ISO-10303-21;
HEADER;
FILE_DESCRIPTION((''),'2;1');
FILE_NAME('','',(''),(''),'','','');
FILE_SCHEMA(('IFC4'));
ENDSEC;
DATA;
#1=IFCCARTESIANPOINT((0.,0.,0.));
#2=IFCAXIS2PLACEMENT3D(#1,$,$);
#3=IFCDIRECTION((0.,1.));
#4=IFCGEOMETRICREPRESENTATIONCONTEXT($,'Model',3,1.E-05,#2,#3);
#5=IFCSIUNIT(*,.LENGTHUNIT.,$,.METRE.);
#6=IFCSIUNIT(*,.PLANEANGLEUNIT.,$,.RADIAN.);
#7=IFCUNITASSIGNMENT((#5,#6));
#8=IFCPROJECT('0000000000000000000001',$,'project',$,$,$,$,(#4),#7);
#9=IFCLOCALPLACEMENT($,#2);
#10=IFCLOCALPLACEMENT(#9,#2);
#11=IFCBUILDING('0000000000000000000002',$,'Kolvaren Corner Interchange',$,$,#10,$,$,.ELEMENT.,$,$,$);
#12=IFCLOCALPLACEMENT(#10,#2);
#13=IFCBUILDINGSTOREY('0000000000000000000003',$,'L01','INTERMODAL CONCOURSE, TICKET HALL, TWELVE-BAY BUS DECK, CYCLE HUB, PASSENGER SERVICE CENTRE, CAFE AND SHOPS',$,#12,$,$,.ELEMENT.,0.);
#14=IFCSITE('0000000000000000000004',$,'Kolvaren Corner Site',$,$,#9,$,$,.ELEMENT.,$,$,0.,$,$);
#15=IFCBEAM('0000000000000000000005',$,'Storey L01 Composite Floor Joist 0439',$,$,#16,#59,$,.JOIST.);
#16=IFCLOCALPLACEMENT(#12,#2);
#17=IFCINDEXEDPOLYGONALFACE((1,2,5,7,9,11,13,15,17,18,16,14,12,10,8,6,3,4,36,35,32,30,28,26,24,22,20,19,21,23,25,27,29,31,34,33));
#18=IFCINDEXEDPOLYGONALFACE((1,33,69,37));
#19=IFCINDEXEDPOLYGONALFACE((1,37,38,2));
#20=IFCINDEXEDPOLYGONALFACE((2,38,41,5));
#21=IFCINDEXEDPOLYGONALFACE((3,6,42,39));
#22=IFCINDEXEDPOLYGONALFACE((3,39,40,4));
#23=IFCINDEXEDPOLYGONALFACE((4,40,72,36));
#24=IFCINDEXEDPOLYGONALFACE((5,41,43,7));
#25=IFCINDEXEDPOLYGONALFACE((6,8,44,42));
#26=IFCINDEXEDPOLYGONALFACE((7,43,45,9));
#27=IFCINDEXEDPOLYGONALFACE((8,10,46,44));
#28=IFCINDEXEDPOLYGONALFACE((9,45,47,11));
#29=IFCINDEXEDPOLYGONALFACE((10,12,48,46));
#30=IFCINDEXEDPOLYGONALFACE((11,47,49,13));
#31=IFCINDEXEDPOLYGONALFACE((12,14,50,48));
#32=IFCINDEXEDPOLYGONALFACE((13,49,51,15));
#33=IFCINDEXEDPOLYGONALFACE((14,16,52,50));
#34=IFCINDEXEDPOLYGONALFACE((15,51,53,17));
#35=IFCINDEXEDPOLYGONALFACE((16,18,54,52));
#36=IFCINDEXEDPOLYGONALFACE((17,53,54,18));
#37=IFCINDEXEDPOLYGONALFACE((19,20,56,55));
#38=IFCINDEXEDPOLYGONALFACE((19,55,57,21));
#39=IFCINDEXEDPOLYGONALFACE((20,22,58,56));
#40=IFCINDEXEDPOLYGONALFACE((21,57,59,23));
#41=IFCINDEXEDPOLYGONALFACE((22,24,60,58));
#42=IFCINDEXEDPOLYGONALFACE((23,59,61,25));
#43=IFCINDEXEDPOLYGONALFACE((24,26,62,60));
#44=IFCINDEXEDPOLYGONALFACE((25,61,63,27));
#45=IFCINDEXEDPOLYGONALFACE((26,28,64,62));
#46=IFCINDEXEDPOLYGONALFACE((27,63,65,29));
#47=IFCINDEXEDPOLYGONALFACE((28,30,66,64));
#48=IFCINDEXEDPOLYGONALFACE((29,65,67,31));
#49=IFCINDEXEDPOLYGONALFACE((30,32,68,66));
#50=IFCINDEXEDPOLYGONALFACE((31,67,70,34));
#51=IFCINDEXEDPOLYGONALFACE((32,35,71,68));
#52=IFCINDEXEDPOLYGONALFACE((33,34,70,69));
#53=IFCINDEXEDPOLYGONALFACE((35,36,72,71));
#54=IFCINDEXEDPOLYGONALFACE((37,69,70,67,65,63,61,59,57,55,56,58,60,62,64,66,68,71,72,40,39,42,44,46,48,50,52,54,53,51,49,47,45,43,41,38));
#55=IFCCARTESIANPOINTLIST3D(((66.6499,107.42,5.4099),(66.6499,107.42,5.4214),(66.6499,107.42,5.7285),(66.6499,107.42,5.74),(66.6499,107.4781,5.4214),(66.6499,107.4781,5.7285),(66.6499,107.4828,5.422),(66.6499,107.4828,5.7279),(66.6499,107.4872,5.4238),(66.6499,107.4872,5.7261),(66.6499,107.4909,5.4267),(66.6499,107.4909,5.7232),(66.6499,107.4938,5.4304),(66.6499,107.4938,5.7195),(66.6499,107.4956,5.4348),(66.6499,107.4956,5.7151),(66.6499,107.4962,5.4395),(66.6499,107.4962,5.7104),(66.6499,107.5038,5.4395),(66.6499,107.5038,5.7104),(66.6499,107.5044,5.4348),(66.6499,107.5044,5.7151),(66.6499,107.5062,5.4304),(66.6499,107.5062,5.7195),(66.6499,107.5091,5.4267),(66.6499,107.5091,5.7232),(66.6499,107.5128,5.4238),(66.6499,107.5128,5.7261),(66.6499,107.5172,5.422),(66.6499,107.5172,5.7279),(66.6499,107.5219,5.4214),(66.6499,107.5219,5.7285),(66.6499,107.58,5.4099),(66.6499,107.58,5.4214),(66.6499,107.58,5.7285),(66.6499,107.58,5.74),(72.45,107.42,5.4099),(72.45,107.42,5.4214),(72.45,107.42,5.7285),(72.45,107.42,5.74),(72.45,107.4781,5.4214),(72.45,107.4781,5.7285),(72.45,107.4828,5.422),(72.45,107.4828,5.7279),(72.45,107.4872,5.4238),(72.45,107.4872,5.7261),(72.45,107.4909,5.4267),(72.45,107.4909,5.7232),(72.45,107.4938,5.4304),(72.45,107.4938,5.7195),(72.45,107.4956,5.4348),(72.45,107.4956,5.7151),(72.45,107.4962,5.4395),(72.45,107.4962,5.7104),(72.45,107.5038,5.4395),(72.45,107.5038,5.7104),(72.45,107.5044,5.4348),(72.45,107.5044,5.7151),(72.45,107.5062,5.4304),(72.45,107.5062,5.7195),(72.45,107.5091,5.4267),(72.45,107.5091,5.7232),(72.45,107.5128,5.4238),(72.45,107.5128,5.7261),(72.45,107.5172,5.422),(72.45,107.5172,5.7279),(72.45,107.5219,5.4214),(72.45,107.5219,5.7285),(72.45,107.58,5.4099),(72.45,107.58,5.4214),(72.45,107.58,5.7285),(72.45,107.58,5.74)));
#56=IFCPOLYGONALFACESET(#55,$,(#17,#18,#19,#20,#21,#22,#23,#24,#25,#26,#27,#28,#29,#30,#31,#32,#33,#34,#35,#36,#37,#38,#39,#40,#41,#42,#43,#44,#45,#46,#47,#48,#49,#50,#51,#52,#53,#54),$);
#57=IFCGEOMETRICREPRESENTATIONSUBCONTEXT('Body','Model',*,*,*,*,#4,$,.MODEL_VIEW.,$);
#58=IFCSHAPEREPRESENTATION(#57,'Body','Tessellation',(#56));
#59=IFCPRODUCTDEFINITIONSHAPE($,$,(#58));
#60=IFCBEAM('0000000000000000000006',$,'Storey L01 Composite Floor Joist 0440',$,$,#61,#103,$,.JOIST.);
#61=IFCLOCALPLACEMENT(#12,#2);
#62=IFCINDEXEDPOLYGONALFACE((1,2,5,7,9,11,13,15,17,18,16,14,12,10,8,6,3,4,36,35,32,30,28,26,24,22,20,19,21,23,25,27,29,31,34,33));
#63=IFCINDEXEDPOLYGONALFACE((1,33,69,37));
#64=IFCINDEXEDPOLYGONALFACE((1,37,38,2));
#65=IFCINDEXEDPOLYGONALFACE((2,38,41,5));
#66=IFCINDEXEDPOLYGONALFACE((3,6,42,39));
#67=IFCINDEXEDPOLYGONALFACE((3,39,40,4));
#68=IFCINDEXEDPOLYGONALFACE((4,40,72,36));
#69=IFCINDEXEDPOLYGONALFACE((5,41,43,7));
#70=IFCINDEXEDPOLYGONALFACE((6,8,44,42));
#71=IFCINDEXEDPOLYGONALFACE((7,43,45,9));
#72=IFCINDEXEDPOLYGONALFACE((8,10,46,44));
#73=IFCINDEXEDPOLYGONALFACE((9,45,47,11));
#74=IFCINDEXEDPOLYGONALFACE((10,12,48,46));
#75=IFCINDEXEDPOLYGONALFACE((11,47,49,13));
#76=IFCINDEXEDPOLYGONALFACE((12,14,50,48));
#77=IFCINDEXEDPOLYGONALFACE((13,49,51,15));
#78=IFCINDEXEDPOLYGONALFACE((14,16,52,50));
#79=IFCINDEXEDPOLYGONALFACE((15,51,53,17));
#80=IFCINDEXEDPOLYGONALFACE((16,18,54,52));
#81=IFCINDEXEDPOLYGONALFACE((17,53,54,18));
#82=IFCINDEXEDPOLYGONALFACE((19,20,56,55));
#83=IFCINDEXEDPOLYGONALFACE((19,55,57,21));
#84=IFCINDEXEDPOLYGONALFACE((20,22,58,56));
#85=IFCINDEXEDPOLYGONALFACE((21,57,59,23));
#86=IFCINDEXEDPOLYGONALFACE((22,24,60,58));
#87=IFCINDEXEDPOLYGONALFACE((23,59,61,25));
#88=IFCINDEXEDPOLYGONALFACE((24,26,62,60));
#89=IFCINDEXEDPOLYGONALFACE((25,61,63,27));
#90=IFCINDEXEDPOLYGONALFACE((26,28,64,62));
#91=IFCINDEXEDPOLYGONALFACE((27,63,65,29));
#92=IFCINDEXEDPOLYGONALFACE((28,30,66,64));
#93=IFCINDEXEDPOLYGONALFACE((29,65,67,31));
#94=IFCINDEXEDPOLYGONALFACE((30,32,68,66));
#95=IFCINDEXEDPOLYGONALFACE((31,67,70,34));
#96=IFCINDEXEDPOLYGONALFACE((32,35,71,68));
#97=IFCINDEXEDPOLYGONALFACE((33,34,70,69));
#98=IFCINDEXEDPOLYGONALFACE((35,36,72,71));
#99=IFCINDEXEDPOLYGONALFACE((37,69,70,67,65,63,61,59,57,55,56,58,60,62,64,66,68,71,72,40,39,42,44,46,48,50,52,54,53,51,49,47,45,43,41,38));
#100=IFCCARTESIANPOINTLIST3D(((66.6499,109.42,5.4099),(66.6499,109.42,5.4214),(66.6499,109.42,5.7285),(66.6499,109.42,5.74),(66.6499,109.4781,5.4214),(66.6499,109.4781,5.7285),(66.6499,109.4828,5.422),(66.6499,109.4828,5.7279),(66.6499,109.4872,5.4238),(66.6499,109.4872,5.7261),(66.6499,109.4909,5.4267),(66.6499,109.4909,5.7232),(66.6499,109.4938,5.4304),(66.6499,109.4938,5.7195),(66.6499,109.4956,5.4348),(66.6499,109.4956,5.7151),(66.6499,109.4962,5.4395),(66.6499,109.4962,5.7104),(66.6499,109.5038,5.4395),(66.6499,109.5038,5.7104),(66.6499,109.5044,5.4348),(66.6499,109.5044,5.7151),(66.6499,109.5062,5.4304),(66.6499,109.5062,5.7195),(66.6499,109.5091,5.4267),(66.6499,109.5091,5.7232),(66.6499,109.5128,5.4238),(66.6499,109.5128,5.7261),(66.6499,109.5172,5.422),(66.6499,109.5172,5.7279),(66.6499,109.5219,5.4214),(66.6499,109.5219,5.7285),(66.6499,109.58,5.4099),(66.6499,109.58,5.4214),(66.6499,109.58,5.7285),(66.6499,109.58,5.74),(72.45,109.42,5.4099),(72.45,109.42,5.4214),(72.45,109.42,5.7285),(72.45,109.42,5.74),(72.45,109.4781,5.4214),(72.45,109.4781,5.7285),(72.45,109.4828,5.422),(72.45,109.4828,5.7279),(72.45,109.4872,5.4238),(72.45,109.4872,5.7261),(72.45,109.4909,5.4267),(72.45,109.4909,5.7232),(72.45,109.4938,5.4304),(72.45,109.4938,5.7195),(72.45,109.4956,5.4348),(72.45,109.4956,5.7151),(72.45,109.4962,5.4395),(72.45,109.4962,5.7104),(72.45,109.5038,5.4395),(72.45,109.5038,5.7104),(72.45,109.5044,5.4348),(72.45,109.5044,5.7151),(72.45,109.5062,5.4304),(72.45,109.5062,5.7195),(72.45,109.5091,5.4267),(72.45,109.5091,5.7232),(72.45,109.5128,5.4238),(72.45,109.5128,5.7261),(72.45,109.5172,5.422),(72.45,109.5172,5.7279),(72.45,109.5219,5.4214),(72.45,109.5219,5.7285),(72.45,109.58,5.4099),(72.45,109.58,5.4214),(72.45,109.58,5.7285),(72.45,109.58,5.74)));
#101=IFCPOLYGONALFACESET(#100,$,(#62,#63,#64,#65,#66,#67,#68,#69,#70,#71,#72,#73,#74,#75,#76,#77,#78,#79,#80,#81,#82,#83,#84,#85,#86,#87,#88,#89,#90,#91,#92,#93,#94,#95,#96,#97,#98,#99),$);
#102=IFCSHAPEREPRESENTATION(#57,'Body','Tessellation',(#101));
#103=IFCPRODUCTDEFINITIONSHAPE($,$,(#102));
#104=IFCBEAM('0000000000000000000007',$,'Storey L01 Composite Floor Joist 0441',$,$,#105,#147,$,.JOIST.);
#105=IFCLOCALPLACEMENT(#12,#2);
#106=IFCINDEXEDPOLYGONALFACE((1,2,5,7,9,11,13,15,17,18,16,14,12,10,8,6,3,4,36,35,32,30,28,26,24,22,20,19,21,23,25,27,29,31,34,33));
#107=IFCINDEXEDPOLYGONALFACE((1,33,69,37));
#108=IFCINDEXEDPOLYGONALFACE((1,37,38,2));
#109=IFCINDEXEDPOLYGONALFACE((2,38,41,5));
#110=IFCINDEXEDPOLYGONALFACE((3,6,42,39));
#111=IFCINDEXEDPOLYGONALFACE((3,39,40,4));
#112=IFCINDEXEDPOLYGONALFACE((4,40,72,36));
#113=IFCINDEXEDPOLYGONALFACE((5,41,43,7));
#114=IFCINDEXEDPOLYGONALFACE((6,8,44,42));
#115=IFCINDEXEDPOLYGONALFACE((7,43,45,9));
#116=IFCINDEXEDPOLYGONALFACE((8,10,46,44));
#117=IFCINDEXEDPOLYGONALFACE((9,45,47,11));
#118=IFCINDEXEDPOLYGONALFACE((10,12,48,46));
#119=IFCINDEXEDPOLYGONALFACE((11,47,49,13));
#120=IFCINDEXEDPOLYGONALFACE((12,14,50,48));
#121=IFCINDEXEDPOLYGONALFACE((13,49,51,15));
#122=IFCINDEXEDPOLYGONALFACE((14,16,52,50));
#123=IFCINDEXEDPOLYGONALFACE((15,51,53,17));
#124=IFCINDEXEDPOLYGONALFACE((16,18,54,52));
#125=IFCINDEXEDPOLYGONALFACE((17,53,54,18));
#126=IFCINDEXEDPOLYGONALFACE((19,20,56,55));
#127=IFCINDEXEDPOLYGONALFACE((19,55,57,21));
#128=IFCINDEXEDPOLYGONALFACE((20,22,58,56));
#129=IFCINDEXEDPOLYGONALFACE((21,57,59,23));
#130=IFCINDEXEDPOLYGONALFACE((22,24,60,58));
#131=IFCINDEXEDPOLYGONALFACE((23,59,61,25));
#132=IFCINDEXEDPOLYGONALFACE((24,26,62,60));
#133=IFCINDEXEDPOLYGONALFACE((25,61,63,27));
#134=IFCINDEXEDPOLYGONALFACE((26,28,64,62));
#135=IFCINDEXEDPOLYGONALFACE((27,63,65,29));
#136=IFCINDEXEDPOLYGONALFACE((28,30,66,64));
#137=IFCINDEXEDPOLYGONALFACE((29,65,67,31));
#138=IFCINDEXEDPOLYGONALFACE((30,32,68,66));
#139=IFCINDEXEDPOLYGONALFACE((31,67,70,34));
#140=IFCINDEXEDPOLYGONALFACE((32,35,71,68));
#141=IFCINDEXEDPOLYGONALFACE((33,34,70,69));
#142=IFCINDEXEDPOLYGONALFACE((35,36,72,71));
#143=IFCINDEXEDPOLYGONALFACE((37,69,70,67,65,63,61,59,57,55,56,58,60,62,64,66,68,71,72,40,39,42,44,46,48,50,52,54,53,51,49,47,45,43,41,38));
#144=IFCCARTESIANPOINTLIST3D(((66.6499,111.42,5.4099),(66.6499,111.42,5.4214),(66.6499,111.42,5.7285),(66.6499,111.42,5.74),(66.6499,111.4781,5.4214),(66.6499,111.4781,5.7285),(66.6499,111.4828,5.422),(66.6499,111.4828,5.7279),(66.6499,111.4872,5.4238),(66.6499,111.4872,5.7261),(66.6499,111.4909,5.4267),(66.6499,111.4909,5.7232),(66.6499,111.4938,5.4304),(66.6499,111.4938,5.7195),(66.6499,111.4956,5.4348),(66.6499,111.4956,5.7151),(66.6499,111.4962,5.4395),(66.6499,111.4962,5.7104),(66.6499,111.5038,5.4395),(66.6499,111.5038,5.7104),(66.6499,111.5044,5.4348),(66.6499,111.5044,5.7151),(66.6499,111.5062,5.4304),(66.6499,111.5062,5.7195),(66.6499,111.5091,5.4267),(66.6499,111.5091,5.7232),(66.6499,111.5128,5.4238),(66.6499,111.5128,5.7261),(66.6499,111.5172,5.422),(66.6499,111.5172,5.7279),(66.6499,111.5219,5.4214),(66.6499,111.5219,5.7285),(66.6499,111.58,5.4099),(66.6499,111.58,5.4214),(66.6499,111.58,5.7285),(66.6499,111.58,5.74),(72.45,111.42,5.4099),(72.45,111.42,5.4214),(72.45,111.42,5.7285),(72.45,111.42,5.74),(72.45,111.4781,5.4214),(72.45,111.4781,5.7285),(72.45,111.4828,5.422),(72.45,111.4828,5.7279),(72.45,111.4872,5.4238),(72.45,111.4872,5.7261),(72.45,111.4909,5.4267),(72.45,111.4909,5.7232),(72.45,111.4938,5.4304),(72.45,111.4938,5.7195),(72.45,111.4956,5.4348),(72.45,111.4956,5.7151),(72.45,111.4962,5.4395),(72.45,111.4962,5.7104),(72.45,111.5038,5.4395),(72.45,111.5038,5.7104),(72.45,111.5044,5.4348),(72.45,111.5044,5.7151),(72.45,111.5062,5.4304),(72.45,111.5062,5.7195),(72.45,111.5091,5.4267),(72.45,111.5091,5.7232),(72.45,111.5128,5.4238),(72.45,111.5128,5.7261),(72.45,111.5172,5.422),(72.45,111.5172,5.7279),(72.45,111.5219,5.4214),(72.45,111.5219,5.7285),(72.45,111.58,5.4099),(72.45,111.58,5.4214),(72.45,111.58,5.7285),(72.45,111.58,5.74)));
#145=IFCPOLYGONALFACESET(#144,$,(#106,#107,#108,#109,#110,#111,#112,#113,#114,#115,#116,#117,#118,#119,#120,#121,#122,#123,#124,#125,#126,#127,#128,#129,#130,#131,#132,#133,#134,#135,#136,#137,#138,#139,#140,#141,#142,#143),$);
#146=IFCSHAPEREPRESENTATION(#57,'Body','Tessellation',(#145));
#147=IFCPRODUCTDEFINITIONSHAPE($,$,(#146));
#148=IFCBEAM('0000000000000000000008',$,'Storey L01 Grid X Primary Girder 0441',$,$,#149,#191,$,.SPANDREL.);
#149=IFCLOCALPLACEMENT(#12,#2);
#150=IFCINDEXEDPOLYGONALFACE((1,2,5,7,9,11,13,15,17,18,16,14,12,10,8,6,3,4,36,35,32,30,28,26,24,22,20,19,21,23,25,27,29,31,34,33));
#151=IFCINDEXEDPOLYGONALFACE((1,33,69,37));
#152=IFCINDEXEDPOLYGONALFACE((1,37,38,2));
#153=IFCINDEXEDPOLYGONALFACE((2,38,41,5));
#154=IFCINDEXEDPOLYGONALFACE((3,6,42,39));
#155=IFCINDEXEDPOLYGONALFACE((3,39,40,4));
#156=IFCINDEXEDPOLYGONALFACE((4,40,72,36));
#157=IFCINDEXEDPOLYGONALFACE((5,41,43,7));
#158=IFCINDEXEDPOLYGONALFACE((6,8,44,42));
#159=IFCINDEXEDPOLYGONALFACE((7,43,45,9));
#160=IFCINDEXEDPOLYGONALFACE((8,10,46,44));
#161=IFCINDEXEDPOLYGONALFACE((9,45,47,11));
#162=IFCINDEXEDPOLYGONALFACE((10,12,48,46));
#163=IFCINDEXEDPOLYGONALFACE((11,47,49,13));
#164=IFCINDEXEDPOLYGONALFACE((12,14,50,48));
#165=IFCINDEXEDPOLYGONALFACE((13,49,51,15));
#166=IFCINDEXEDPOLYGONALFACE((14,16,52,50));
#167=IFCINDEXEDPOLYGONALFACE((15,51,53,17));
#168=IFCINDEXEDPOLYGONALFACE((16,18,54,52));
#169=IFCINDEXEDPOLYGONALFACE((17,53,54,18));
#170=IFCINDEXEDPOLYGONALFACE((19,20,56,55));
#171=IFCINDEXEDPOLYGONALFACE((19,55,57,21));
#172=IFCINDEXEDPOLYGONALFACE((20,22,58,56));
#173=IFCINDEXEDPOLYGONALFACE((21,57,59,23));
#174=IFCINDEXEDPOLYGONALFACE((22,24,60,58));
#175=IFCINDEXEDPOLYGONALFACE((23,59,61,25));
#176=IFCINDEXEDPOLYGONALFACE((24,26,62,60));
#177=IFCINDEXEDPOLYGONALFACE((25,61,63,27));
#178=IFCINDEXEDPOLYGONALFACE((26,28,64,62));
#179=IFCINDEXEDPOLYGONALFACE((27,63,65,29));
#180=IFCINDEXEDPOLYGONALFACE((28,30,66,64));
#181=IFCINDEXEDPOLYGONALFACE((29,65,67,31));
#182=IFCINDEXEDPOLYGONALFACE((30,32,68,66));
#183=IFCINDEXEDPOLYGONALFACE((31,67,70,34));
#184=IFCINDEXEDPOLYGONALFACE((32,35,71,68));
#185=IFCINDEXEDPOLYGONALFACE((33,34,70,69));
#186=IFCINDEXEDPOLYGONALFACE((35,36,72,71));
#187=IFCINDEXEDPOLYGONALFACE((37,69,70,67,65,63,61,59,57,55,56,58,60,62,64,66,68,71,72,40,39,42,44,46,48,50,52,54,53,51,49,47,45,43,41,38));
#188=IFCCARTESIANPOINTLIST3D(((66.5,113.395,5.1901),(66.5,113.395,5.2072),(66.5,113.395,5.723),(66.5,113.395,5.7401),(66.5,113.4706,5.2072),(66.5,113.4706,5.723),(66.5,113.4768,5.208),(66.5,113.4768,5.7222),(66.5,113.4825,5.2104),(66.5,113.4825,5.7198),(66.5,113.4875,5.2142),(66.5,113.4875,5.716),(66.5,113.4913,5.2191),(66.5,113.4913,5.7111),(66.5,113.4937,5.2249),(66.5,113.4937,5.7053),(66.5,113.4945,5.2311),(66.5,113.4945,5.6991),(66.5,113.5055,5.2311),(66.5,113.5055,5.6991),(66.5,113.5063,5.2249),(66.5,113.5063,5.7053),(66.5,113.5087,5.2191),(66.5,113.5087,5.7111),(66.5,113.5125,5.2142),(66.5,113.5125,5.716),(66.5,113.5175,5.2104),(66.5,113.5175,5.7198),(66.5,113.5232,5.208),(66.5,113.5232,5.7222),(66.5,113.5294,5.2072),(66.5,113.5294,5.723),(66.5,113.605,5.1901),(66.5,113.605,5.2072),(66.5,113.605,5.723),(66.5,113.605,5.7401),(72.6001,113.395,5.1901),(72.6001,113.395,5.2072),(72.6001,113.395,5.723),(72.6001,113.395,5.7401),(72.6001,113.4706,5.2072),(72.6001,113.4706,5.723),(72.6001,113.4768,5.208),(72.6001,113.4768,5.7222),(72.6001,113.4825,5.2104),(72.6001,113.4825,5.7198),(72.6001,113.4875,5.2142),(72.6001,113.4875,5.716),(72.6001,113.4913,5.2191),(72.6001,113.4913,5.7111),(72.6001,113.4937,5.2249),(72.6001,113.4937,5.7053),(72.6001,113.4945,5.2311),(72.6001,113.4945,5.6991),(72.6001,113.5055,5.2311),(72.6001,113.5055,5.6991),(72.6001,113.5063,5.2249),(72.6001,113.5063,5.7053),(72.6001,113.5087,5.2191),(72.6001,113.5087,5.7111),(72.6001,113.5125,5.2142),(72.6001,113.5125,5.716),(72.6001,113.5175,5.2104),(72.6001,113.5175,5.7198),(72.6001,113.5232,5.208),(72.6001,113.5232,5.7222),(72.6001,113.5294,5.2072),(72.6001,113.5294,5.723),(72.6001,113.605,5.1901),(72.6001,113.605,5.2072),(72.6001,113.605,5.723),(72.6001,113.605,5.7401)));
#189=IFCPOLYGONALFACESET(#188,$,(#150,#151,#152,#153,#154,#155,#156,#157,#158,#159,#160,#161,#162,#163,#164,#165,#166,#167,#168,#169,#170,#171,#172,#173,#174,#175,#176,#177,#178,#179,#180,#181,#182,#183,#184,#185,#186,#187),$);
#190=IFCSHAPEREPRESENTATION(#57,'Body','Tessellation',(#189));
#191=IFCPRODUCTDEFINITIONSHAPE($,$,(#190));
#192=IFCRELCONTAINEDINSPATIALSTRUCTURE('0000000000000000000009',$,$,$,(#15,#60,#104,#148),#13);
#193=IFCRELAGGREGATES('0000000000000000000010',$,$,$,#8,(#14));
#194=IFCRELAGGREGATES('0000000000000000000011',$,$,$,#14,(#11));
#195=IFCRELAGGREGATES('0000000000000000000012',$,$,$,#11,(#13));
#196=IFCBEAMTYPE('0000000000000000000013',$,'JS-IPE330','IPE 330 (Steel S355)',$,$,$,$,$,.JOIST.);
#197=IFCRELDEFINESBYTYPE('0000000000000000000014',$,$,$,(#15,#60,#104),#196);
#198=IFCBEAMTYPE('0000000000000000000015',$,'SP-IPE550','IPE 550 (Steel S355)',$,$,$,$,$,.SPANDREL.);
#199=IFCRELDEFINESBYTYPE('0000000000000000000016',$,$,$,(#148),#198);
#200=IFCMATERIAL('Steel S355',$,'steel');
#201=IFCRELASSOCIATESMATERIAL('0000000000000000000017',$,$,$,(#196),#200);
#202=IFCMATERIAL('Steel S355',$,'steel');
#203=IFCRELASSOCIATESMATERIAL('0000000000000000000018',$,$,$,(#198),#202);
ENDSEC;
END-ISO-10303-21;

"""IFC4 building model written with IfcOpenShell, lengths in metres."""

from ifc_helpers import new_model, si_unit, direction, frame, origin, origin_2d, place, context, subcontext, project, spatial, i_section, extrude, material, material_profile, profile_set, type_object, element, save


model = new_model("IFC4")

# Units and contexts
model_context = context("Model", 3, precision=1e-05, world=origin(), true_north=direction((0.0, 1.0)))
body_context = subcontext(model_context, "Body", "Model", "MODEL_VIEW")
ifc_project = project(units=[si_unit("LENGTHUNIT", "METRE"), si_unit("PLANEANGLEUNIT", "RADIAN")], contexts=[model_context])

# Site, building, storey
site_placement = place(None, origin())
site = spatial("IfcSite", under=ifc_project, at=site_placement, Name="Kolvaren Corner Site", CompositionType="ELEMENT", RefElevation=0.0)
building_placement = place(site_placement, origin())
building = spatial("IfcBuilding", under=site, at=building_placement, Name="Kolvaren Corner Interchange", CompositionType="ELEMENT")
storey_placement = place(building_placement, origin())
storey = spatial("IfcBuildingStorey", under=building, at=storey_placement, Name="L01", Description="INTERMODAL CONCOURSE, TICKET HALL, TWELVE-BAY BUS DECK, CYCLE HUB, PASSENGER SERVICE CENTRE, CAFE AND SHOPS", CompositionType="ELEMENT", Elevation=0.0)

# Beams
ifc_material_1 = material(Name="Steel S355", Category="steel")
ifc_material_profile_1 = material_profile(ifc_material_1, i_section(OverallWidth=0.1599, OverallDepth=0.3301, WebThickness=0.0076, FlangeThickness=0.0115, FilletRadius=0.0181, at=origin_2d()), Name="IPE 330")
ifc_profile_set_1 = profile_set([ifc_material_profile_1], Name="Steel S355")
beam_type_1 = type_object("IfcBeamType", Name="JS-IPE330", Description="IPE 330 (Steel S355)", PredefinedType="JOIST", material=ifc_profile_set_1)
for number, where, z_axis, x_axis, name in (
    (1, (66.6499, 107.5, 5.575), (1.0, 0.0, 0.0), (0.0, 1.0, 0.0), "Storey L01 Composite Floor Joist 0439"),
    (2, (66.6499, 109.5, 5.575), (1.0, 0.0, 0.0), (0.0, 1.0, 0.0), "Storey L01 Composite Floor Joist 0440"),
    (3, (66.6499, 111.5, 5.575), (1.0, 0.0, 0.0), (0.0, 1.0, 0.0), "Storey L01 Composite Floor Joist 0441"),
):
    element("IfcBeam", number, at=place(storey_placement, frame(where, z_axis=z_axis, x_axis=x_axis)), inside=storey, type_object=beam_type_1, Name=name, PredefinedType="JOIST", context=body_context, shape_type="SweptSolid", body=[
        extrude(i_section(OverallWidth=0.1599, OverallDepth=0.3301, WebThickness=0.0076, FlangeThickness=0.0115, FilletRadius=0.0181, at=origin_2d()), origin(), (0.0, 0.0, 1.0), 5.8),
    ])
ifc_material_2 = material(Name="Steel S355", Category="steel")
ifc_material_profile_2 = material_profile(ifc_material_2, i_section(OverallWidth=0.21, OverallDepth=0.55, WebThickness=0.011, FlangeThickness=0.0171, FilletRadius=0.0239, at=origin_2d()), Name="IPE 550")
ifc_profile_set_2 = profile_set([ifc_material_profile_2], Name="Steel S355")
beam_type_2 = type_object("IfcBeamType", Name="SP-IPE550", Description="IPE 550 (Steel S355)", PredefinedType="SPANDREL", material=ifc_profile_set_2)
beam_1_placement = place(storey_placement, frame((66.5, 113.5, 5.4651), z_axis=(1.0, 0.0, 0.0), x_axis=(0.0, 1.0, 0.0)))
element("IfcBeam", 4, at=beam_1_placement, inside=storey, type_object=beam_type_2, Name="Storey L01 Grid X Primary Girder 0441", PredefinedType="SPANDREL", context=body_context, shape_type="SweptSolid", body=[
    extrude(i_section(OverallWidth=0.21, OverallDepth=0.55, WebThickness=0.011, FlangeThickness=0.0171, FilletRadius=0.0239, at=origin_2d()), origin(), (0.0, 0.0, 1.0), 6.1001),
])

save(model, "model.ifc")
